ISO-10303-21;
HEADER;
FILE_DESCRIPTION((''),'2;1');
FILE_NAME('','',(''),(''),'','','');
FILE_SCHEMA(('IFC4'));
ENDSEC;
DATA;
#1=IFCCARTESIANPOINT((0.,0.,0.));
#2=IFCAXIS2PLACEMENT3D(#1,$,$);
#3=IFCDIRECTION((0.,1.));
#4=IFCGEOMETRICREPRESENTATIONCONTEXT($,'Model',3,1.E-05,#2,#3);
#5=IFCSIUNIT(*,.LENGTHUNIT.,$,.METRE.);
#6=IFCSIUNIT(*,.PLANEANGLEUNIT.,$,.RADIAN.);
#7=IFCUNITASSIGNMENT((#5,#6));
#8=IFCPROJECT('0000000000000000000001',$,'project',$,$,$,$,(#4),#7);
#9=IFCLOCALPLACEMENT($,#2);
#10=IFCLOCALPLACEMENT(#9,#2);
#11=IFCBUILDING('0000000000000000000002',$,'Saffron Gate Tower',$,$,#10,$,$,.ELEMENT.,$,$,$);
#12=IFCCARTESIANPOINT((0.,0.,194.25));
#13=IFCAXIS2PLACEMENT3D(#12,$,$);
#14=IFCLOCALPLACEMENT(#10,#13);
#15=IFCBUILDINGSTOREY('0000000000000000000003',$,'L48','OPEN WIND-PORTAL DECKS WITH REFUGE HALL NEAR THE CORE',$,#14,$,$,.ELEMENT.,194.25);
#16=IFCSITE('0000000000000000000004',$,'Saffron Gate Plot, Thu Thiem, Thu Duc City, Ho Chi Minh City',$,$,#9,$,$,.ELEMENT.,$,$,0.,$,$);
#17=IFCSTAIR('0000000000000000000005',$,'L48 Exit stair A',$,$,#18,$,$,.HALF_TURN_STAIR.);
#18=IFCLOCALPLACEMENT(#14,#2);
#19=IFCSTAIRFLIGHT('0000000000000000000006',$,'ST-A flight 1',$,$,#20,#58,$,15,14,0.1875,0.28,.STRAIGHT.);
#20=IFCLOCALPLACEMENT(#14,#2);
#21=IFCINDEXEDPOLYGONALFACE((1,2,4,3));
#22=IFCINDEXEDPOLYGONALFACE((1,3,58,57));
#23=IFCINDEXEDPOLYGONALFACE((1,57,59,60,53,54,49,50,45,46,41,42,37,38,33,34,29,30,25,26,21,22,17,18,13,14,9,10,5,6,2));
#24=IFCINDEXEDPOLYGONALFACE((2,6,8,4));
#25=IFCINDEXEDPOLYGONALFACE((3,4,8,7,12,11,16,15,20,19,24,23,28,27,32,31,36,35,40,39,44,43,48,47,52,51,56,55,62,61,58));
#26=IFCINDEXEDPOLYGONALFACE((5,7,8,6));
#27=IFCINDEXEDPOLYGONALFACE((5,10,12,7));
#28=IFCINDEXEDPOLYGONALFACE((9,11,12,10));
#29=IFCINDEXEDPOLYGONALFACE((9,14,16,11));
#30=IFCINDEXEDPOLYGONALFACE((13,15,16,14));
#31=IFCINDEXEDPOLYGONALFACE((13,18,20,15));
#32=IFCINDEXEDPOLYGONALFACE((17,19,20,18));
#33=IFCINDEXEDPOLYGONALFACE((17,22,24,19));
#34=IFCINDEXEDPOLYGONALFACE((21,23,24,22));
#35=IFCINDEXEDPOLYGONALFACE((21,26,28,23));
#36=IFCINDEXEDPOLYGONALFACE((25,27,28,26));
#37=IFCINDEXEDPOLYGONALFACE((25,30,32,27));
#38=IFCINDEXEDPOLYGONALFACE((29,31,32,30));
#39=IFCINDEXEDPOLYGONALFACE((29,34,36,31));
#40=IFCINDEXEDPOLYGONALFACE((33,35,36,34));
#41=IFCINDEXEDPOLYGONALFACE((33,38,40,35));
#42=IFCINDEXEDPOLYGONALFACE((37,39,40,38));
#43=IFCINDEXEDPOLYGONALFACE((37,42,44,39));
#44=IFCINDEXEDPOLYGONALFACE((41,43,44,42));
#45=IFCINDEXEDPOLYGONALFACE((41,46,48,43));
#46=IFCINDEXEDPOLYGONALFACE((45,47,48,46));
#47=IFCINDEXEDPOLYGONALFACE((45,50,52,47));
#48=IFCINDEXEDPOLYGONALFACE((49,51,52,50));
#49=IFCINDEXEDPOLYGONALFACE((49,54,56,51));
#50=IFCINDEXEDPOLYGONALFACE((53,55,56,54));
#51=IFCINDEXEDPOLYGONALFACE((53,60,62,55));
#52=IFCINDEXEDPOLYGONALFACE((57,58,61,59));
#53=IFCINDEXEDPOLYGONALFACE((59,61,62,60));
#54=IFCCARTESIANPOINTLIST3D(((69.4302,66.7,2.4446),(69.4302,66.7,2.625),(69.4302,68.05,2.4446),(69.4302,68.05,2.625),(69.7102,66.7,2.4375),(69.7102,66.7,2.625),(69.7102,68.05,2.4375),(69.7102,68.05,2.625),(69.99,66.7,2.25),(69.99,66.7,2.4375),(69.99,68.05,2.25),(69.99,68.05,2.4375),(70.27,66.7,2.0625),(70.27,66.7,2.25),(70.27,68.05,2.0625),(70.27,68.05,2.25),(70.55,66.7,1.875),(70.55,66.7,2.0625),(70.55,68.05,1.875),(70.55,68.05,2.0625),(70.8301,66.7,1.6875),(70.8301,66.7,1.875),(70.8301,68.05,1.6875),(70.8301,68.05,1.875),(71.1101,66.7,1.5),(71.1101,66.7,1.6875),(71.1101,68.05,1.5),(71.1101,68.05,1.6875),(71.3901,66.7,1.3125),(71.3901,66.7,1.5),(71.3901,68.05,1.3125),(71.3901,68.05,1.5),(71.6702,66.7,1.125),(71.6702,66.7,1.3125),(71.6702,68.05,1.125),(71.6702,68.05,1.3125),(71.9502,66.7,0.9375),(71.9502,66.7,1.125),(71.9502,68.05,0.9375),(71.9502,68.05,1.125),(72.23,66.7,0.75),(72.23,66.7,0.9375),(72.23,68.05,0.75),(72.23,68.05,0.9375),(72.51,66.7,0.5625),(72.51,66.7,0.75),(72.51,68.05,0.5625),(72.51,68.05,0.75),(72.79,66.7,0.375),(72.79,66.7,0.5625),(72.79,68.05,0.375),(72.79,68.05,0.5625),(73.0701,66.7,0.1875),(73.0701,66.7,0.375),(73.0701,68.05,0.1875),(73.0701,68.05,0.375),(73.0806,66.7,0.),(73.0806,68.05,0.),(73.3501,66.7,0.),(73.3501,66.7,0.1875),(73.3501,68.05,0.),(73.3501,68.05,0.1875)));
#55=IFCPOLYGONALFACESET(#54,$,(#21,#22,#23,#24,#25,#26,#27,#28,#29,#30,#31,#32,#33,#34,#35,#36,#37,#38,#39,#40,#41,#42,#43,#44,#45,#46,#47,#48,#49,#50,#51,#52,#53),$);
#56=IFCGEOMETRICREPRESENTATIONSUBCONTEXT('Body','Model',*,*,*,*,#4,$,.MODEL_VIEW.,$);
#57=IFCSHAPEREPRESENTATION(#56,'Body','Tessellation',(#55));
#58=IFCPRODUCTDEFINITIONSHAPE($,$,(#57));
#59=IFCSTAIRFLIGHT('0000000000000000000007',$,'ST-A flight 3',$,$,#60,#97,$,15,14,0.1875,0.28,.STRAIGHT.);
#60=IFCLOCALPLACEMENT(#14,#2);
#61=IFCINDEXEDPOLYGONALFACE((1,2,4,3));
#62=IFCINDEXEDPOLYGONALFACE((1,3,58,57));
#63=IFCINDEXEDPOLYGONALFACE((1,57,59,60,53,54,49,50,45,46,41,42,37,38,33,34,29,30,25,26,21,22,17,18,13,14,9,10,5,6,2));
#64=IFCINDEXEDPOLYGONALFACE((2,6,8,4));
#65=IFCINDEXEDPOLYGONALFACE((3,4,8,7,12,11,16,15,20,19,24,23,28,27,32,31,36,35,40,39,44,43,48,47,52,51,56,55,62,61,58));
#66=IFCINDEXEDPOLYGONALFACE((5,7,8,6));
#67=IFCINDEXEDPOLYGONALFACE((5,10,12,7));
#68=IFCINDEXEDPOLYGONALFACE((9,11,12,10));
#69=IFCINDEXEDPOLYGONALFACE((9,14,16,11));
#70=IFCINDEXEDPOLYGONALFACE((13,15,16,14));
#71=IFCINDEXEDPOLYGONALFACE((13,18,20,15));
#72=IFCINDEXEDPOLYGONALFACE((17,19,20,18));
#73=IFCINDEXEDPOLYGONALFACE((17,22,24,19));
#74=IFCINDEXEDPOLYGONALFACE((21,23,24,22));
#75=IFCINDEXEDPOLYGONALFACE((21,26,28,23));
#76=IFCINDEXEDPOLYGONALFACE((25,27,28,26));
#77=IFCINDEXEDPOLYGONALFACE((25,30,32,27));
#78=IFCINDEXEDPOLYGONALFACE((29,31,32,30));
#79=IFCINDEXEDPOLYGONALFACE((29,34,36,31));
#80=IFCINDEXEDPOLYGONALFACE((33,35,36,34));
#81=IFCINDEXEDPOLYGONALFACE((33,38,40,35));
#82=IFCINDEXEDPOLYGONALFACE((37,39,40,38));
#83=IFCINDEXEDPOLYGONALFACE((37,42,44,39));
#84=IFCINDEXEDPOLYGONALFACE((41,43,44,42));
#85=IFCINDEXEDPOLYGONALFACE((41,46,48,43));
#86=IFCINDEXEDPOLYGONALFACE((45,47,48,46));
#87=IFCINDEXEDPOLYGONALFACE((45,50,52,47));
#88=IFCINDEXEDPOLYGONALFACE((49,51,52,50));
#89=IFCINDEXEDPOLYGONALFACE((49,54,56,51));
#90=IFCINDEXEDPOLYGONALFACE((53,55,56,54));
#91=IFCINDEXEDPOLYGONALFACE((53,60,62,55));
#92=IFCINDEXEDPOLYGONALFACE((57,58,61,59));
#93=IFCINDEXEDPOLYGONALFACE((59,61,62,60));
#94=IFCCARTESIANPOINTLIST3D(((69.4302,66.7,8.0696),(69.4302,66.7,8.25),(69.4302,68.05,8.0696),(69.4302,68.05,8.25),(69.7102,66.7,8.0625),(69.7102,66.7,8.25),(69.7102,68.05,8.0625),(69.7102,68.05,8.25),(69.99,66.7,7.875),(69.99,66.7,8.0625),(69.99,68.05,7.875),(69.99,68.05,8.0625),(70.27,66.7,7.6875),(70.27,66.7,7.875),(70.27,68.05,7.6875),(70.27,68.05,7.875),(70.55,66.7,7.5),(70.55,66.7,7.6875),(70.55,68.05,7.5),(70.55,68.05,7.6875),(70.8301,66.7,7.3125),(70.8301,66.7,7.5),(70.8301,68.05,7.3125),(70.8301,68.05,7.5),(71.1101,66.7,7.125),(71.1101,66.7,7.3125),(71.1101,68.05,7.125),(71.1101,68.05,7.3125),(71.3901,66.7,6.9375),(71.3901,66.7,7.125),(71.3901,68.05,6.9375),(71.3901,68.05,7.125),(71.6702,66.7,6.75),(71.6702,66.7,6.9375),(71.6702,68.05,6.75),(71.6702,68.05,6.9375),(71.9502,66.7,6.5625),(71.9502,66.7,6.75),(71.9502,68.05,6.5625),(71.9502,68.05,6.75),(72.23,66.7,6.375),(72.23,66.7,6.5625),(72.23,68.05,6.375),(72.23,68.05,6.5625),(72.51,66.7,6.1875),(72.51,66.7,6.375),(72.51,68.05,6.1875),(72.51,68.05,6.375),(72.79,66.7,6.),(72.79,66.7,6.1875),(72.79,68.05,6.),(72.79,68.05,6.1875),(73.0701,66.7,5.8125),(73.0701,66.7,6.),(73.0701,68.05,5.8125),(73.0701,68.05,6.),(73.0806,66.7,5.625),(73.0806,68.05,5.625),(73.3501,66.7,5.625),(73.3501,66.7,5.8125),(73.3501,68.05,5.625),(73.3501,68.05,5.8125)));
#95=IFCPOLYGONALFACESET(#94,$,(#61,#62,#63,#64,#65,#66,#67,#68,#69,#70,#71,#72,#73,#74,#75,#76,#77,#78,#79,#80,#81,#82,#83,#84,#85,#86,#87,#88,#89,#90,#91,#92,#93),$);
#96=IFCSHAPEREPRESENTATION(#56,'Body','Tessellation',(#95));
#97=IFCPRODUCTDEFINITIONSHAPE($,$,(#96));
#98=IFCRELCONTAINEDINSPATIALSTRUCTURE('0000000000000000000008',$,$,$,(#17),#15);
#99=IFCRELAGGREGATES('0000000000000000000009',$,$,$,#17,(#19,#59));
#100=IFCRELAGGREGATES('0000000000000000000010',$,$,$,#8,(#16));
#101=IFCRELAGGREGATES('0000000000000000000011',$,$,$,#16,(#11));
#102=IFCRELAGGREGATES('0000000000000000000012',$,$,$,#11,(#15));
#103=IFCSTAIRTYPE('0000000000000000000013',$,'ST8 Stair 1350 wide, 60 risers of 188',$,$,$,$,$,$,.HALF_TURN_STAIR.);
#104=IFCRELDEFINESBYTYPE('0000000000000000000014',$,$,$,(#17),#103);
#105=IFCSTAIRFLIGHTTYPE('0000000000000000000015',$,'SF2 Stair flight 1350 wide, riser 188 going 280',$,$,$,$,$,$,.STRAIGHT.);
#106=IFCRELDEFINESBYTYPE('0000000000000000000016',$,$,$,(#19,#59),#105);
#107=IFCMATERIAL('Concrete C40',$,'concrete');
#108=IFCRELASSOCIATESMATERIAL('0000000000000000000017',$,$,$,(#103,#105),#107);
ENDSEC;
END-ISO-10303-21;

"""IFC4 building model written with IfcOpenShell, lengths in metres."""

from ifc_helpers import new_model, si_unit, direction, frame, origin, place, context, subcontext, project, spatial, polyline, outline, extrude, material, type_object, element, aggregate, save


model = new_model("IFC4")

# Units and contexts
model_context = context("Model", 3, precision=1e-05, world=origin(), true_north=direction((0.0, 1.0)))
body_context = subcontext(model_context, "Body", "Model", "MODEL_VIEW")
ifc_project = project(units=[si_unit("LENGTHUNIT", "METRE"), si_unit("PLANEANGLEUNIT", "RADIAN")], contexts=[model_context])

# Site, building, storey
site_placement = place(None, origin())
site = spatial("IfcSite", under=ifc_project, at=site_placement, Name="Saffron Gate Plot, Thu Thiem, Thu Duc City, Ho Chi Minh City", CompositionType="ELEMENT", RefElevation=0.0)
building_placement = place(site_placement, origin())
building = spatial("IfcBuilding", under=site, at=building_placement, Name="Saffron Gate Tower", CompositionType="ELEMENT")
storey_placement = place(building_placement, frame((0.0, 0.0, 194.25)))
storey = spatial("IfcBuildingStorey", under=building, at=storey_placement, Name="L48", Description="OPEN WIND-PORTAL DECKS WITH REFUGE HALL NEAR THE CORE", CompositionType="ELEMENT", Elevation=194.25)

# Stair, stair flights
ifc_material_1 = material(Name="Concrete C40", Category="concrete")
stair_type = type_object("IfcStairType", Name="ST8 Stair 1350 wide, 60 risers of 188", PredefinedType="HALF_TURN_STAIR", material=ifc_material_1)
stair_placement = place(storey_placement, origin())
stair = element("IfcStair", 1, at=stair_placement, inside=storey, type_object=stair_type, Name="L48 Exit stair A", PredefinedType="HALF_TURN_STAIR")
stair_flight_type = type_object("IfcStairFlightType", Name="SF2 Stair flight 1350 wide, riser 188 going 280", PredefinedType="STRAIGHT", material=ifc_material_1)
stair_flight_1_placement = place(storey_placement, frame((73.3501, 67.375, 0.0), z_axis=(0.0, 0.0, 1.0), x_axis=(-1.0, 0.0, 0.0)))
stair_flight_1 = element("IfcStairFlight", 2, at=stair_flight_1_placement, type_object=stair_flight_type, Name="ST-A flight 1", NumberOfRisers=15, NumberOfTreads=14, PredefinedType="STRAIGHT", RiserHeight=0.1875, TreadLength=0.28, context=body_context, shape_type="SweptSolid", body=[
    extrude(outline(polyline([(0.0, 0.0), (0.0, 0.1875), (0.28, 0.1875), (0.28, 0.375), (0.5601, 0.375), (0.5601, 0.5625), (0.8401, 0.5625), (0.8401, 0.75), (1.1201, 0.75), (1.1201, 0.9375), (1.3999, 0.9375), (1.3999, 1.125), (1.6799, 1.125), (1.6799, 1.3125), (1.96, 1.3125), (1.96, 1.5), (2.24, 1.5), (2.24, 1.6875), (2.52, 1.6875), (2.52, 1.875), (2.8, 1.875), (2.8, 2.0625), (3.0801, 2.0625), (3.0801, 2.25), (3.3601, 2.25), (3.3601, 2.4375), (3.6399, 2.4375), (3.6399, 2.625), (3.9199, 2.625), (3.9199, 2.8125), (3.9199, 2.4446), (0.2695, 0.0), (0.0, 0.0)])), frame((0.0, 0.675, 0.0), z_axis=(0.0, -1.0, 0.0), x_axis=(1.0, 0.0, 0.0)), (0.0, 0.0, 1.0), 1.3501),
])
stair_flight_2_placement = place(storey_placement, frame((73.3501, 67.375, 5.625), z_axis=(0.0, 0.0, 1.0), x_axis=(-1.0, 0.0, 0.0)))
stair_flight_2 = element("IfcStairFlight", 3, at=stair_flight_2_placement, type_object=stair_flight_type, Name="ST-A flight 3", NumberOfRisers=15, NumberOfTreads=14, PredefinedType="STRAIGHT", RiserHeight=0.1875, TreadLength=0.28, context=body_context, shape_type="SweptSolid", body=[
    extrude(outline(polyline([(0.0, 0.0), (0.0, 0.1875), (0.28, 0.1875), (0.28, 0.375), (0.5601, 0.375), (0.5601, 0.5625), (0.8401, 0.5625), (0.8401, 0.75), (1.1201, 0.75), (1.1201, 0.9375), (1.3999, 0.9375), (1.3999, 1.125), (1.6799, 1.125), (1.6799, 1.3125), (1.96, 1.3125), (1.96, 1.5), (2.24, 1.5), (2.24, 1.6875), (2.52, 1.6875), (2.52, 1.875), (2.8, 1.875), (2.8, 2.0625), (3.0801, 2.0625), (3.0801, 2.25), (3.3601, 2.25), (3.3601, 2.4375), (3.6399, 2.4375), (3.6399, 2.625), (3.9199, 2.625), (3.9199, 2.8125), (3.9199, 2.4446), (0.2695, 0.0), (0.0, 0.0)])), frame((0.0, 0.675, 0.0), z_axis=(0.0, -1.0, 0.0), x_axis=(1.0, 0.0, 0.0)), (0.0, 0.0, 1.0), 1.3501),
])
aggregate(stair, [stair_flight_1, stair_flight_2])

save(model, "model.ifc")
